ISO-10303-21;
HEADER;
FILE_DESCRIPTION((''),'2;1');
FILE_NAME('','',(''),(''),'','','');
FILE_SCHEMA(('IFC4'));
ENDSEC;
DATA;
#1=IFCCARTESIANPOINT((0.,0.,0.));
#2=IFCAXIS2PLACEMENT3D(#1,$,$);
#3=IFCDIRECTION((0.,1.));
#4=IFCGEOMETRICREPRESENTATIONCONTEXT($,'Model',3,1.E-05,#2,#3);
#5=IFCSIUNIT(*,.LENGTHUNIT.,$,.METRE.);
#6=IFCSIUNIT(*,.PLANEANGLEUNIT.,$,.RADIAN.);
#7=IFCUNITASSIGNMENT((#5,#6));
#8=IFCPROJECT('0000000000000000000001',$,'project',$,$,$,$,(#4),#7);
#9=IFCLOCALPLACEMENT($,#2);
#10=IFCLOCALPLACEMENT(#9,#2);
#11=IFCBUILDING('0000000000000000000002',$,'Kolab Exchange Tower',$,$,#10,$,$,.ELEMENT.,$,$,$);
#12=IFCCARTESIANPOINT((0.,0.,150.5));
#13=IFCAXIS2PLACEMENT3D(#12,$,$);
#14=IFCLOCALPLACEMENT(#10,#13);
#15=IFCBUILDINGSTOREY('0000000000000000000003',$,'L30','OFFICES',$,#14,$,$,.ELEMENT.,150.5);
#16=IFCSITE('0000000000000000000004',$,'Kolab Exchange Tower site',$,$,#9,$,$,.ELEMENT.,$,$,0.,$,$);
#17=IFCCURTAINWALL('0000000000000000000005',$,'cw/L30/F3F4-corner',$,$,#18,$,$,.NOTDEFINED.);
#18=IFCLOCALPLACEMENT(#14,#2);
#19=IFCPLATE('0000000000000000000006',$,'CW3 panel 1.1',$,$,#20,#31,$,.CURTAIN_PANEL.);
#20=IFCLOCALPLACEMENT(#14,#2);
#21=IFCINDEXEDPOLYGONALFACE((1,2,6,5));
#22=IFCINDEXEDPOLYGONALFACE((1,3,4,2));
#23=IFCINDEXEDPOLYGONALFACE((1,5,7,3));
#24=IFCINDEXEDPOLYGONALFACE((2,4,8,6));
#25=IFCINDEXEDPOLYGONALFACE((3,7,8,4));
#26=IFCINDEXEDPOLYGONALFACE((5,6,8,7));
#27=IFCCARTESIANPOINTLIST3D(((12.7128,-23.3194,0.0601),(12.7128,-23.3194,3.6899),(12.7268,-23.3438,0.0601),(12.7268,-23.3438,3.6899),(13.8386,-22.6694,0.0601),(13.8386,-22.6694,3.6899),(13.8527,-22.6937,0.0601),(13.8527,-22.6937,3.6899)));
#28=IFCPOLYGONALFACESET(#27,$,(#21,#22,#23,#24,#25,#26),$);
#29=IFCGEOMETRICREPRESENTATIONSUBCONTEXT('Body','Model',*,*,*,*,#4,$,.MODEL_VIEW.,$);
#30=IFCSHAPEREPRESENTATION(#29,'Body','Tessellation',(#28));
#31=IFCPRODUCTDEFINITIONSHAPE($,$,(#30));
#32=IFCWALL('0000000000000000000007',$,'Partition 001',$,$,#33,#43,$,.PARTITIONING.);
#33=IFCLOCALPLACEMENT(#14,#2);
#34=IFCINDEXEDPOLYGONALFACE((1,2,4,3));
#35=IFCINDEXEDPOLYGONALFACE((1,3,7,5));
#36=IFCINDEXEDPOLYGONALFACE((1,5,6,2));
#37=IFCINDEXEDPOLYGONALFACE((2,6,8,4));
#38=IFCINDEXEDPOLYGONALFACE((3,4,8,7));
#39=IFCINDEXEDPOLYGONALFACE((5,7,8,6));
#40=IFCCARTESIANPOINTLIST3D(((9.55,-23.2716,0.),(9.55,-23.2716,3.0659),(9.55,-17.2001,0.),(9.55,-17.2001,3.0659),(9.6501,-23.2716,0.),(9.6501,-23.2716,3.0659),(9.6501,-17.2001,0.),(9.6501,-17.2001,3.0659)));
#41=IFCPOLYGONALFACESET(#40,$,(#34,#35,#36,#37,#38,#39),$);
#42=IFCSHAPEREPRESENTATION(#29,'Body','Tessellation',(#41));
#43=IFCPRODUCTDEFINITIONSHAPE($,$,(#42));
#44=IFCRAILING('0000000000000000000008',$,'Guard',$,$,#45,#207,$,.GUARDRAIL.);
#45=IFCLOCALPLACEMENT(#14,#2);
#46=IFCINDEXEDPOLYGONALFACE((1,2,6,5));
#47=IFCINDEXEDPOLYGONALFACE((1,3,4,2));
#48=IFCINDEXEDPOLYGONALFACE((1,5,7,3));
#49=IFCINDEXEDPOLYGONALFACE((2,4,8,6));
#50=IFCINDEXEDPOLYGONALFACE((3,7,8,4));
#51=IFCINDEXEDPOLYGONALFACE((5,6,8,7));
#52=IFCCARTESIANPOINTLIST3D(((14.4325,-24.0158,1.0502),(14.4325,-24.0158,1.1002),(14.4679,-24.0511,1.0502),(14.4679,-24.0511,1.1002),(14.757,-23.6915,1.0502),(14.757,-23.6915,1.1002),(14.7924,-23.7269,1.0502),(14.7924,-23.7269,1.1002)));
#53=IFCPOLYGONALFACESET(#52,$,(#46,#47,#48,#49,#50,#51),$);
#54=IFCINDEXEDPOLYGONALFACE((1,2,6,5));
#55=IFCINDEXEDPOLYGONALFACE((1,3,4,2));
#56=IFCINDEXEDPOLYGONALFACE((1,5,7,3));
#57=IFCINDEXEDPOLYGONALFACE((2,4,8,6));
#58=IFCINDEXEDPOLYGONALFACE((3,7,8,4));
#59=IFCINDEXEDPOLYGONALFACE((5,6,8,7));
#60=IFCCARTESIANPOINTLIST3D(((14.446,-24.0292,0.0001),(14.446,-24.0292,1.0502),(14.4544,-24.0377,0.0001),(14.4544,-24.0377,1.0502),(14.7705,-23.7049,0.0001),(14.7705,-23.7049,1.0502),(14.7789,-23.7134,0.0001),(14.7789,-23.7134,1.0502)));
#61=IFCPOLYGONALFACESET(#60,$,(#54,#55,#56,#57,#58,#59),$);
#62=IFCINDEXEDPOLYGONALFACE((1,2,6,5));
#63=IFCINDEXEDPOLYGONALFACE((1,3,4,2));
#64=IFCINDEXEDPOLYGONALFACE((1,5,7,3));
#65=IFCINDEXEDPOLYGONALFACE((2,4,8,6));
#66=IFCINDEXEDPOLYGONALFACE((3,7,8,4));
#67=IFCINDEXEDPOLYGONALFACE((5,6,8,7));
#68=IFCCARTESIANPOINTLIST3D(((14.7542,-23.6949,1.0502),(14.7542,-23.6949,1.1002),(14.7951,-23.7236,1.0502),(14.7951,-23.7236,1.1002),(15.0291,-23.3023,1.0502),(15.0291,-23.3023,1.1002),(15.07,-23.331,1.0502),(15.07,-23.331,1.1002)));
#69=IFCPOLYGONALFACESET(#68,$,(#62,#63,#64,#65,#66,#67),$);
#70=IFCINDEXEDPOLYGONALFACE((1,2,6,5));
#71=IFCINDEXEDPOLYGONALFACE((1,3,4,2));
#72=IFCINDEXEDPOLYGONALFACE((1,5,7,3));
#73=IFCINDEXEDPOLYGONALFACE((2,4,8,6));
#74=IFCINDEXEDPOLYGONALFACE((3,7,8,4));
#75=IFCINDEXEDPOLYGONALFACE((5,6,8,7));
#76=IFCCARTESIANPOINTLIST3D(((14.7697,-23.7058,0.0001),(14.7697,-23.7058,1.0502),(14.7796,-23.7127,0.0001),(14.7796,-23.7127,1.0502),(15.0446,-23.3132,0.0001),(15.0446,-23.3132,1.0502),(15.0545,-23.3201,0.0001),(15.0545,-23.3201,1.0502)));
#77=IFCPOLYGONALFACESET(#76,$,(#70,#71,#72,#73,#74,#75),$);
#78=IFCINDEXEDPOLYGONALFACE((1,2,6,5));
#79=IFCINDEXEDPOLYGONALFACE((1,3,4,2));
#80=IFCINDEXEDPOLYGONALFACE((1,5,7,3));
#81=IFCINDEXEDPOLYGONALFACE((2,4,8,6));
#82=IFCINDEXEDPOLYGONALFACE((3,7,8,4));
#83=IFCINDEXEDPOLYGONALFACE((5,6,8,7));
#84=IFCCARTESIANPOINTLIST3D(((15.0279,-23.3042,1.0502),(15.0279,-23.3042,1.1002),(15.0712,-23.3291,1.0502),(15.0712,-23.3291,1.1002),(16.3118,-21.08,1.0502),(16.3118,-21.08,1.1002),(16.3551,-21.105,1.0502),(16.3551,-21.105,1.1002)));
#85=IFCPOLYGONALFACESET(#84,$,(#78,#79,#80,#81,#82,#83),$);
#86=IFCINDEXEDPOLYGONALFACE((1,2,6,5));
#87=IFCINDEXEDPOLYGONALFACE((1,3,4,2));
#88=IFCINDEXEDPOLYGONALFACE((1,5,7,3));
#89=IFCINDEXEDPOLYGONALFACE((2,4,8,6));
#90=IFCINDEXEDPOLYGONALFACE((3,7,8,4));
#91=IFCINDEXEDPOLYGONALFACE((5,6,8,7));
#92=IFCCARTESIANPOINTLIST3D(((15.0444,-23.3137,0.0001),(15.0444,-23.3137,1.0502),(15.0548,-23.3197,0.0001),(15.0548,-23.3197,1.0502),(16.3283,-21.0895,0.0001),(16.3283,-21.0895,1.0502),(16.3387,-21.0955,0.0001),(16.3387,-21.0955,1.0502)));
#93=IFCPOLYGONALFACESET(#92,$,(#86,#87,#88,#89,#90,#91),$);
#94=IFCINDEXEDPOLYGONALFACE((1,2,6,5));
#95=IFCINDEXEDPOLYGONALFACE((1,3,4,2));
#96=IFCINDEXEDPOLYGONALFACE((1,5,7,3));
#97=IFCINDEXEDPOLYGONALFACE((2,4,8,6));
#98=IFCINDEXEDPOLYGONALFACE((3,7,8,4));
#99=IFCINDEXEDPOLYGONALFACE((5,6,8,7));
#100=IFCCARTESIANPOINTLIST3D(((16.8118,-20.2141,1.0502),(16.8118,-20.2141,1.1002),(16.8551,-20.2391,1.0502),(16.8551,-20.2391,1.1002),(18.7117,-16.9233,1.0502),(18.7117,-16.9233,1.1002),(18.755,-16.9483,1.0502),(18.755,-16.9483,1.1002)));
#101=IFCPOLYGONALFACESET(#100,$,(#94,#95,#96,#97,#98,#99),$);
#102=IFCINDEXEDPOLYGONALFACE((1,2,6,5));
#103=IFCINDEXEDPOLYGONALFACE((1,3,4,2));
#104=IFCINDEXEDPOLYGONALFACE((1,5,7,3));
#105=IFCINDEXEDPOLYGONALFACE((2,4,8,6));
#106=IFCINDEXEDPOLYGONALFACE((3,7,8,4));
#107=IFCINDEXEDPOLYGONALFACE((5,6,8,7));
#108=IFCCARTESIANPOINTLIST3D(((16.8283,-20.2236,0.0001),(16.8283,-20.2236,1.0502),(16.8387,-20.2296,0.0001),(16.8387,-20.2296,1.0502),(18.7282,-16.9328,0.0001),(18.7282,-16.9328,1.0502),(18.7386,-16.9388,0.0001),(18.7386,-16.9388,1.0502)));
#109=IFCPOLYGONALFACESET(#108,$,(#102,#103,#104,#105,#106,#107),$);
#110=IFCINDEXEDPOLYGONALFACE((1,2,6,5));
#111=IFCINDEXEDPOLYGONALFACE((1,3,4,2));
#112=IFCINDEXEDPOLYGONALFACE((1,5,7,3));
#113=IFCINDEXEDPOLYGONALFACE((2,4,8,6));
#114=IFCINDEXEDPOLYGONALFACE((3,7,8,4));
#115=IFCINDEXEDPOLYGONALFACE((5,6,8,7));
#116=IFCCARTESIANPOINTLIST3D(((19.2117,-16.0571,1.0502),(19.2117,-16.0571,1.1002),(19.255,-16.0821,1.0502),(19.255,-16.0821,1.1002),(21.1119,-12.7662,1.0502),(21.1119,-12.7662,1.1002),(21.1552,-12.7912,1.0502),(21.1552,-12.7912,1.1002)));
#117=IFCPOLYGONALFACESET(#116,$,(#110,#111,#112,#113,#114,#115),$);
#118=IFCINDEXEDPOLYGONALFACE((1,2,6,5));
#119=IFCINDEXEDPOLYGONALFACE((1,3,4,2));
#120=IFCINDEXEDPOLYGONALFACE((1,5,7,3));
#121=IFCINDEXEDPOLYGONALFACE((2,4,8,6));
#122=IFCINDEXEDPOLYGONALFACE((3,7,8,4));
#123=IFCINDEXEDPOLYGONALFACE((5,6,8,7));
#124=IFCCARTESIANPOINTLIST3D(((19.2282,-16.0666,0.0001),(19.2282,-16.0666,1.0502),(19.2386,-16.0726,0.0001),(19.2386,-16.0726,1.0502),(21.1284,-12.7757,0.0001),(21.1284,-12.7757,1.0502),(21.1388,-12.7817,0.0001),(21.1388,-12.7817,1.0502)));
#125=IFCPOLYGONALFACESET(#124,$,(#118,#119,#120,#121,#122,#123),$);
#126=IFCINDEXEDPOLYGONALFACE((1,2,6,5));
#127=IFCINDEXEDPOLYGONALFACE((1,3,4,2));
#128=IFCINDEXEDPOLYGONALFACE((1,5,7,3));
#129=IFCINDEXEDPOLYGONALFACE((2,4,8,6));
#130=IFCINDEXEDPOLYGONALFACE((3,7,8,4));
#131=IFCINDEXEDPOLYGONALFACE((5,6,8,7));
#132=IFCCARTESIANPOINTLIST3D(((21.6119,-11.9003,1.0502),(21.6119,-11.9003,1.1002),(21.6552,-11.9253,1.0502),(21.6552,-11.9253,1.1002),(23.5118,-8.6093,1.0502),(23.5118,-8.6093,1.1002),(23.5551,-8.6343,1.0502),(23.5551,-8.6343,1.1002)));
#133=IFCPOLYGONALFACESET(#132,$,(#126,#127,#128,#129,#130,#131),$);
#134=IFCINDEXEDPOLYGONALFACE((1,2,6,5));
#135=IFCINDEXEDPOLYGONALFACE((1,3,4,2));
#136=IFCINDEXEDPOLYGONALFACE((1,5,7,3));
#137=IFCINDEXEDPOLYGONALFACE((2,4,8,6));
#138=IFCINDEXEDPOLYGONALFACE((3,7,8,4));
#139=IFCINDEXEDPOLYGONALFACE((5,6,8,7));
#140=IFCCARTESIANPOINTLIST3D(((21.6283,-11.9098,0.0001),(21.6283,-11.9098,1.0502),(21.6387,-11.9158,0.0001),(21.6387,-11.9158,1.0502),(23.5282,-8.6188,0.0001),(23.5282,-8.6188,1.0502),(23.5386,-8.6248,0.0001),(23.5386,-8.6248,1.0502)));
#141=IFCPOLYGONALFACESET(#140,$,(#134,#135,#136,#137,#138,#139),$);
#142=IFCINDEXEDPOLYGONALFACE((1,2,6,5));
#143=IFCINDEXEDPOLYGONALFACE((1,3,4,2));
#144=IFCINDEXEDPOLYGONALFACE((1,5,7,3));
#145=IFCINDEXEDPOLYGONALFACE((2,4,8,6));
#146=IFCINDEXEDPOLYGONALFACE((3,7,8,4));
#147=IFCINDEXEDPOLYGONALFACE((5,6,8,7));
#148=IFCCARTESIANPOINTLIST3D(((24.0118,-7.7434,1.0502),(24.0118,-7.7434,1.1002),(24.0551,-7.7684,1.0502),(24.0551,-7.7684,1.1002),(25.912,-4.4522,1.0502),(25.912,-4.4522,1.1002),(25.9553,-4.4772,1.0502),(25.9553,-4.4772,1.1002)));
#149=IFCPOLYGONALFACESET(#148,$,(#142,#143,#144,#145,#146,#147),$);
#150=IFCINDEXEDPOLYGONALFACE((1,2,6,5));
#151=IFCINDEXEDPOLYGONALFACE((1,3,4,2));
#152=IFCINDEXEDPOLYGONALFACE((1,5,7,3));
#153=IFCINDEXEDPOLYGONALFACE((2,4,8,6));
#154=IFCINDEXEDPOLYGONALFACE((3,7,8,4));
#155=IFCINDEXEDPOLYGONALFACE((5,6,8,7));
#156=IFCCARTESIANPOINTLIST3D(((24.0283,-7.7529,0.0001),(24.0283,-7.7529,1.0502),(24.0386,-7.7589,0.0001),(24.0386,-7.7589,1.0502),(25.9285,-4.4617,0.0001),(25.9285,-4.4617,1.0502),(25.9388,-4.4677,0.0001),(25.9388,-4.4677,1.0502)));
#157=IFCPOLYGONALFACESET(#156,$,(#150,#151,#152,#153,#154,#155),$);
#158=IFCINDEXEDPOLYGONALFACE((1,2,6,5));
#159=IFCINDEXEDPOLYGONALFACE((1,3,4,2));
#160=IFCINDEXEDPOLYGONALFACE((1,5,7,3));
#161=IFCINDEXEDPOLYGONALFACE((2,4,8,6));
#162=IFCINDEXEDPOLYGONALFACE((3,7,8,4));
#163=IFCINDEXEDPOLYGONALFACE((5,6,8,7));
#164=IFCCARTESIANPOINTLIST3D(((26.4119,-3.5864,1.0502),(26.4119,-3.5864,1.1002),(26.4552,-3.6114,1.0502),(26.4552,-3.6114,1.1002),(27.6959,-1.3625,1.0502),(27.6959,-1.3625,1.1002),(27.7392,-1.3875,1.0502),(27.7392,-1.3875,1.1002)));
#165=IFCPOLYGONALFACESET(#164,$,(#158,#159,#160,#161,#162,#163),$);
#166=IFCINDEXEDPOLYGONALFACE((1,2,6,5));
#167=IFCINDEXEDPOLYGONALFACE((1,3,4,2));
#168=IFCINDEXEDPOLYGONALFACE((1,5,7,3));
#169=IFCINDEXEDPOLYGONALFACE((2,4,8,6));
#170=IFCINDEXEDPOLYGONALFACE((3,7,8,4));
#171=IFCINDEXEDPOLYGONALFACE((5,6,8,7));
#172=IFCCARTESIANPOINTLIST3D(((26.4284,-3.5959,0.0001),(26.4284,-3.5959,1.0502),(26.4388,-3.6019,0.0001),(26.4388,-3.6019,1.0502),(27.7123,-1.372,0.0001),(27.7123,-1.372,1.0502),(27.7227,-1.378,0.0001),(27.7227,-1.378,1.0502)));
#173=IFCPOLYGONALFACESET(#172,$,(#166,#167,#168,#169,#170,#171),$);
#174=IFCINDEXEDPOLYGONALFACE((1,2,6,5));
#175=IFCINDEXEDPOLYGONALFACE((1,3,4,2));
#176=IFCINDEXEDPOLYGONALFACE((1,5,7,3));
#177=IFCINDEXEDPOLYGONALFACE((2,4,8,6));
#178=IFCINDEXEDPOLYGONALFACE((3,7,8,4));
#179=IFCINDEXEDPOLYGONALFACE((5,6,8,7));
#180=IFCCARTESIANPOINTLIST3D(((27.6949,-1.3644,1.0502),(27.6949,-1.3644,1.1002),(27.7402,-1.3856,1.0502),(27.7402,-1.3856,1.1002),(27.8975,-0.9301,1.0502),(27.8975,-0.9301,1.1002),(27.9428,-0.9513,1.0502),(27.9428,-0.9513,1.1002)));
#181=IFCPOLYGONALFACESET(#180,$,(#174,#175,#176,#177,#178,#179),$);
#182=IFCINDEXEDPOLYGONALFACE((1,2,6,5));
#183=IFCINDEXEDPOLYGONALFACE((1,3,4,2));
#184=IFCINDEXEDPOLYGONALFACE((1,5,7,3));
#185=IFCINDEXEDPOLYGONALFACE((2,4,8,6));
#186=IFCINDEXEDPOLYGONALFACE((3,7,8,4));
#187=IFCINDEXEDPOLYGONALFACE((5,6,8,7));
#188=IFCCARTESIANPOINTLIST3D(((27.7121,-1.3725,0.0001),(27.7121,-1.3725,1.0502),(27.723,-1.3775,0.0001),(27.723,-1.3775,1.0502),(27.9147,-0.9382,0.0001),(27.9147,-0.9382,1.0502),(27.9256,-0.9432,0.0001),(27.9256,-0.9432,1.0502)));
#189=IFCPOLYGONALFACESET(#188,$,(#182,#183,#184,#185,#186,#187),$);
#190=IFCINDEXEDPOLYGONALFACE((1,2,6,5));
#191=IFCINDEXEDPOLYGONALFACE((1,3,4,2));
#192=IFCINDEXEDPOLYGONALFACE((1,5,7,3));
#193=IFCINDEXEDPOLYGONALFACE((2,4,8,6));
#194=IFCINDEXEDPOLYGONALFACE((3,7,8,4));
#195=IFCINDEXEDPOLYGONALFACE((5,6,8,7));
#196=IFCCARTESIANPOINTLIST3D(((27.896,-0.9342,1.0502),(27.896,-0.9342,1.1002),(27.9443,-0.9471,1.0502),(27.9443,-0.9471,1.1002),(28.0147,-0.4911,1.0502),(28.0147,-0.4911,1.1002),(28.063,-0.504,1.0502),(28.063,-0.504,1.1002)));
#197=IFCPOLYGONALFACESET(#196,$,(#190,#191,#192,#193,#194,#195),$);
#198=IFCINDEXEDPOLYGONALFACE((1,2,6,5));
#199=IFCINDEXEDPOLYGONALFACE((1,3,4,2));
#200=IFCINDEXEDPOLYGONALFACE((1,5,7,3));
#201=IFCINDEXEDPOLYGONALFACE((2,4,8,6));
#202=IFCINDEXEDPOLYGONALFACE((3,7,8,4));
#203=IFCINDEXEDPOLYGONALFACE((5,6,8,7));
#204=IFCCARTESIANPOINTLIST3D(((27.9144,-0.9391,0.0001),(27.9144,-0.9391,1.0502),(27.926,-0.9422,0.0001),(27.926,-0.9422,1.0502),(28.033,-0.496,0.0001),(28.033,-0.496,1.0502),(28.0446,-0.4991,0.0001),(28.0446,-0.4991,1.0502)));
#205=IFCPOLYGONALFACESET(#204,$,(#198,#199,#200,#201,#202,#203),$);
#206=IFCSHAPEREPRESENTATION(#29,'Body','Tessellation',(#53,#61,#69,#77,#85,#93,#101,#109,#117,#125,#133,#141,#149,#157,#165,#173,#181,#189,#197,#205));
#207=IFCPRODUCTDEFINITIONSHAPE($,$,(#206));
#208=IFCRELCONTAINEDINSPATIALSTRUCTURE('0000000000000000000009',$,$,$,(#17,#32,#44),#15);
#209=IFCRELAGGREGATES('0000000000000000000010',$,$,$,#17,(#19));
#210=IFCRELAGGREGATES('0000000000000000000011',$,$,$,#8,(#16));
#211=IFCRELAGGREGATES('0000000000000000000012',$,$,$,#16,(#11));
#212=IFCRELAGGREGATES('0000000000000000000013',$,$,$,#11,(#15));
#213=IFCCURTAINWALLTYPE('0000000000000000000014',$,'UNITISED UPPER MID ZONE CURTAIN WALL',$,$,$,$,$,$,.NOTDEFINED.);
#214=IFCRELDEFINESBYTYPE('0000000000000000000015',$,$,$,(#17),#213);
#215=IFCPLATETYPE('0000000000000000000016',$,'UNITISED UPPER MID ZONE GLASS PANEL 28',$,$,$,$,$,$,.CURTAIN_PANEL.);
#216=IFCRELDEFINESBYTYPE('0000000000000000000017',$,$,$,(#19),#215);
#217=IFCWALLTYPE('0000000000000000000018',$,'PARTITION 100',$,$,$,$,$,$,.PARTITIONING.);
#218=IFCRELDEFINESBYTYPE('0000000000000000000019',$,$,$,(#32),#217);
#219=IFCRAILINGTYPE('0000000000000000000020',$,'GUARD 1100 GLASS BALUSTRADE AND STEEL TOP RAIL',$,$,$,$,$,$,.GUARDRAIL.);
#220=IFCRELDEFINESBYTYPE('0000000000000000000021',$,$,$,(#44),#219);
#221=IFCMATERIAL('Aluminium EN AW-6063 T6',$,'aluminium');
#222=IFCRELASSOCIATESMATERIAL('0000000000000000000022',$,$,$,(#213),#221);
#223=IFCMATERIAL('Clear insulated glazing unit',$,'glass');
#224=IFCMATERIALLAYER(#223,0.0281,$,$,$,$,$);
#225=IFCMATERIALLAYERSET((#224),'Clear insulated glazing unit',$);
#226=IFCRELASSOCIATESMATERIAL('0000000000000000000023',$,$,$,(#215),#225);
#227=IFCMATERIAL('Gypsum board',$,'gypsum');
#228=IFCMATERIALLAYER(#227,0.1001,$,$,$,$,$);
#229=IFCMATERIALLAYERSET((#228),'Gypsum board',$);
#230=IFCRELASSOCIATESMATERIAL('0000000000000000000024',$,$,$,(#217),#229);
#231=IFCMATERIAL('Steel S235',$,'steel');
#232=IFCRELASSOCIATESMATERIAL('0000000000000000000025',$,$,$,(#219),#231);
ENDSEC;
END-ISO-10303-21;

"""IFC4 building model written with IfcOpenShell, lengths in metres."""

from ifc_helpers import new_model, si_unit, direction, frame, frame_2d, origin, origin_2d, place, context, subcontext, project, spatial, rectangle, extrude, material, layer, layer_set, type_object, element, aggregate, save


model = new_model("IFC4")

# Units and contexts
model_context = context("Model", 3, precision=1e-05, world=origin(), true_north=direction((0.0, 1.0)))
body_context = subcontext(model_context, "Body", "Model", "MODEL_VIEW")
ifc_project = project(units=[si_unit("LENGTHUNIT", "METRE"), si_unit("PLANEANGLEUNIT", "RADIAN")], contexts=[model_context])

# Site, building, storey
site_placement = place(None, origin())
site = spatial("IfcSite", under=ifc_project, at=site_placement, Name="Kolab Exchange Tower site", CompositionType="ELEMENT", RefElevation=0.0)
building_placement = place(site_placement, origin())
building = spatial("IfcBuilding", under=site, at=building_placement, Name="Kolab Exchange Tower", CompositionType="ELEMENT")
storey_placement = place(building_placement, frame((0.0, 0.0, 150.5)))
storey = spatial("IfcBuildingStorey", under=building, at=storey_placement, Name="L30", Description="OFFICES", CompositionType="ELEMENT", Elevation=150.5)

# Shared definitions
ifc_material_1 = material(Name="Aluminium EN AW-6063 T6", Category="aluminium")
curtain_wall_type = type_object("IfcCurtainWallType", Name="UNITISED UPPER MID ZONE CURTAIN WALL", PredefinedType="NOTDEFINED", material=ifc_material_1)

# Curtain wall
curtain_wall_1_placement = place(storey_placement, origin())
curtain_wall_1 = element("IfcCurtainWall", 1, at=curtain_wall_1_placement, inside=storey, type_object=curtain_wall_type, Name="cw/L30/F3F4-corner", PredefinedType="NOTDEFINED")

# Plate
ifc_material_2 = material(Name="Clear insulated glazing unit", Category="glass")
ifc_layer_1 = layer(ifc_material_2, 0.0281)
ifc_layer_set_1 = layer_set([ifc_layer_1], Name="Clear insulated glazing unit")
plate_type_1 = type_object("IfcPlateType", Name="UNITISED UPPER MID ZONE GLASS PANEL 28", PredefinedType="CURTAIN_PANEL", material=ifc_layer_set_1)
plate_1_placement = place(storey_placement, frame((13.2827, -23.0066, 0.0601), z_axis=(0.0, 0.0, 1.0), x_axis=(-0.866025, -0.5, 0.0)))
plate_1 = element("IfcPlate", 2, at=plate_1_placement, type_object=plate_type_1, Name="CW3 panel 1.1", PredefinedType="CURTAIN_PANEL", context=body_context, shape_type="SweptSolid", body=[
    extrude(rectangle(XDim=1.3, YDim=0.0281, at=origin_2d()), origin(), (0.0, 0.0, 1.0), 3.6299),
])
aggregate(curtain_wall_1, [plate_1])

# Wall
ifc_material_3 = material(Name="Gypsum board", Category="gypsum")
ifc_layer_2 = layer(ifc_material_3, 0.1001)
ifc_layer_set_2 = layer_set([ifc_layer_2], Name="Gypsum board")
wall_type = type_object("IfcWallType", Name="PARTITION 100", PredefinedType="PARTITIONING", material=ifc_layer_set_2)
wall_placement = place(storey_placement, frame((9.6001, -23.2715, 0.0), z_axis=(0.0, 0.0, 1.0), x_axis=(0.0, 1.0, 0.0)))
element("IfcWall", 3, at=wall_placement, inside=storey, type_object=wall_type, Name="Partition 001", PredefinedType="PARTITIONING", context=body_context, shape_type="SweptSolid", body=[
    extrude(rectangle(XDim=6.0715, YDim=0.1001, at=frame_2d((3.0356, 0.0))), origin(), (0.0, 0.0, 1.0), 3.0659),
])

# Railing
ifc_material_4 = material(Name="Steel S235", Category="steel")
railing_type = type_object("IfcRailingType", Name="GUARD 1100 GLASS BALUSTRADE AND STEEL TOP RAIL", PredefinedType="GUARDRAIL", material=ifc_material_4)
railing_placement = place(storey_placement, frame((14.4502, -24.0334, 0.0)))
element("IfcRailing", 4, at=railing_placement, inside=storey, type_object=railing_type, Name="Guard", PredefinedType="GUARDRAIL", context=body_context, shape_type="SweptSolid", body=[
    extrude(rectangle(XDim=0.05, YDim=0.05, at=origin_2d()), frame((0.0, 0.0, 1.0752), z_axis=(0.707373, 0.706841, 0.0), x_axis=(-0.706841, 0.707373, 0.0)), (0.0, 0.0, 1.0), 0.4587),
    extrude(rectangle(XDim=0.012, YDim=1.0501, at=frame_2d((0.0, 0.5251))), frame((0.0, 0.0, 0.0), z_axis=(0.707373, 0.706841, 0.0), x_axis=(-0.706841, 0.707373, 0.0)), (0.0, 0.0, 1.0), 0.4587),
    extrude(rectangle(XDim=0.05, YDim=0.05, at=origin_2d()), frame((0.3245, 0.3242, 1.0752), z_axis=(0.573599, 0.819136, 0.0), x_axis=(-0.819136, 0.573599, 0.0)), (0.0, 0.0, 1.0), 0.4792),
    extrude(rectangle(XDim=0.012, YDim=1.0501, at=frame_2d((0.0, 0.5251))), frame((0.3245, 0.3242, 0.0), z_axis=(0.573599, 0.819136, 0.0), x_axis=(-0.819136, 0.573599, 0.0)), (0.0, 0.0, 1.0), 0.4792),
    extrude(rectangle(XDim=0.05, YDim=0.05, at=origin_2d()), frame((0.5994, 0.7168, 1.0752), z_axis=(0.499953, 0.866053, 0.0), x_axis=(-0.866053, 0.499953, 0.0)), (0.0, 0.0, 1.0), 2.5681),
    extrude(rectangle(XDim=0.012, YDim=1.0501, at=frame_2d((0.0, 0.5251))), frame((0.5994, 0.7168, 0.0), z_axis=(0.499953, 0.866053, 0.0), x_axis=(-0.866053, 0.499953, 0.0)), (0.0, 0.0, 1.0), 2.5681),
    extrude(rectangle(XDim=0.05, YDim=0.05, at=origin_2d()), frame((2.3833, 3.8069, 1.0752), z_axis=(0.499995, 0.866028, 0.0), x_axis=(-0.866028, 0.499995, 0.0)), (0.0, 0.0, 1.0), 3.7998),
    extrude(rectangle(XDim=0.012, YDim=1.0501, at=frame_2d((0.0, 0.5251))), frame((2.3833, 3.8069, 0.0), z_axis=(0.499995, 0.866028, 0.0), x_axis=(-0.866028, 0.499995, 0.0)), (0.0, 0.0, 1.0), 3.7998),
    extrude(rectangle(XDim=0.05, YDim=0.05, at=origin_2d()), frame((4.7832, 7.9639, 1.0752), z_axis=(0.500043, 0.866, 0.0), x_axis=(-0.866, 0.500043, 0.0)), (0.0, 0.0, 1.0), 3.8),
    extrude(rectangle(XDim=0.012, YDim=1.0501, at=frame_2d((0.0, 0.5251))), frame((4.7832, 7.9639, 0.0), z_axis=(0.500043, 0.866, 0.0), x_axis=(-0.866, 0.500043, 0.0)), (0.0, 0.0, 1.0), 3.8),
    extrude(rectangle(XDim=0.05, YDim=0.05, at=origin_2d()), frame((7.1833, 12.1206, 1.0752), z_axis=(0.499967, 0.866044, 0.0), x_axis=(-0.866044, 0.499967, 0.0)), (0.0, 0.0, 1.0), 3.8),
    extrude(rectangle(XDim=0.012, YDim=1.0501, at=frame_2d((0.0, 0.5251))), frame((7.1833, 12.1206, 0.0), z_axis=(0.499967, 0.866044, 0.0), x_axis=(-0.866044, 0.499967, 0.0)), (0.0, 0.0, 1.0), 3.8),
    extrude(rectangle(XDim=0.05, YDim=0.05, at=origin_2d()), frame((9.5833, 16.2776, 1.0752), z_axis=(0.500015, 0.866017, 0.0), x_axis=(-0.866017, 0.500015, 0.0)), (0.0, 0.0, 1.0), 3.8003),
    extrude(rectangle(XDim=0.012, YDim=1.0501, at=frame_2d((0.0, 0.5251))), frame((9.5833, 16.2776, 0.0), z_axis=(0.500015, 0.866017, 0.0), x_axis=(-0.866017, 0.500015, 0.0)), (0.0, 0.0, 1.0), 3.8003),
    extrude(rectangle(XDim=0.05, YDim=0.05, at=origin_2d()), frame((11.9834, 20.4346, 1.0752), z_axis=(0.499994, 0.866029, 0.0), x_axis=(-0.866029, 0.499994, 0.0)), (0.0, 0.0, 1.0), 2.5679),
    extrude(rectangle(XDim=0.012, YDim=1.0501, at=frame_2d((0.0, 0.5251))), frame((11.9834, 20.4346, 0.0), z_axis=(0.499994, 0.866029, 0.0), x_axis=(-0.866029, 0.499994, 0.0)), (0.0, 0.0, 1.0), 2.5679),
    extrude(rectangle(XDim=0.05, YDim=0.05, at=origin_2d()), frame((13.2673, 22.6584, 1.0752), z_axis=(0.422802, 0.906222, 0.0), x_axis=(-0.906222, 0.422802, 0.0)), (0.0, 0.0, 1.0), 0.4792),
    extrude(rectangle(XDim=0.012, YDim=1.0501, at=frame_2d((0.0, 0.5251))), frame((13.2673, 22.6584, 0.0), z_axis=(0.422802, 0.906222, 0.0), x_axis=(-0.906222, 0.422802, 0.0)), (0.0, 0.0, 1.0), 0.4792),
    extrude(rectangle(XDim=0.05, YDim=0.05, at=origin_2d()), frame((13.47, 23.0928, 1.0752), z_axis=(0.258656, 0.965969, 0.0), x_axis=(-0.965969, 0.258656, 0.0)), (0.0, 0.0, 1.0), 0.4587),
    extrude(rectangle(XDim=0.012, YDim=1.0501, at=frame_2d((0.0, 0.5251))), frame((13.47, 23.0928, 0.0), z_axis=(0.258656, 0.965969, 0.0), x_axis=(-0.965969, 0.258656, 0.0)), (0.0, 0.0, 1.0), 0.4587),
])

save(model, "model.ifc")
